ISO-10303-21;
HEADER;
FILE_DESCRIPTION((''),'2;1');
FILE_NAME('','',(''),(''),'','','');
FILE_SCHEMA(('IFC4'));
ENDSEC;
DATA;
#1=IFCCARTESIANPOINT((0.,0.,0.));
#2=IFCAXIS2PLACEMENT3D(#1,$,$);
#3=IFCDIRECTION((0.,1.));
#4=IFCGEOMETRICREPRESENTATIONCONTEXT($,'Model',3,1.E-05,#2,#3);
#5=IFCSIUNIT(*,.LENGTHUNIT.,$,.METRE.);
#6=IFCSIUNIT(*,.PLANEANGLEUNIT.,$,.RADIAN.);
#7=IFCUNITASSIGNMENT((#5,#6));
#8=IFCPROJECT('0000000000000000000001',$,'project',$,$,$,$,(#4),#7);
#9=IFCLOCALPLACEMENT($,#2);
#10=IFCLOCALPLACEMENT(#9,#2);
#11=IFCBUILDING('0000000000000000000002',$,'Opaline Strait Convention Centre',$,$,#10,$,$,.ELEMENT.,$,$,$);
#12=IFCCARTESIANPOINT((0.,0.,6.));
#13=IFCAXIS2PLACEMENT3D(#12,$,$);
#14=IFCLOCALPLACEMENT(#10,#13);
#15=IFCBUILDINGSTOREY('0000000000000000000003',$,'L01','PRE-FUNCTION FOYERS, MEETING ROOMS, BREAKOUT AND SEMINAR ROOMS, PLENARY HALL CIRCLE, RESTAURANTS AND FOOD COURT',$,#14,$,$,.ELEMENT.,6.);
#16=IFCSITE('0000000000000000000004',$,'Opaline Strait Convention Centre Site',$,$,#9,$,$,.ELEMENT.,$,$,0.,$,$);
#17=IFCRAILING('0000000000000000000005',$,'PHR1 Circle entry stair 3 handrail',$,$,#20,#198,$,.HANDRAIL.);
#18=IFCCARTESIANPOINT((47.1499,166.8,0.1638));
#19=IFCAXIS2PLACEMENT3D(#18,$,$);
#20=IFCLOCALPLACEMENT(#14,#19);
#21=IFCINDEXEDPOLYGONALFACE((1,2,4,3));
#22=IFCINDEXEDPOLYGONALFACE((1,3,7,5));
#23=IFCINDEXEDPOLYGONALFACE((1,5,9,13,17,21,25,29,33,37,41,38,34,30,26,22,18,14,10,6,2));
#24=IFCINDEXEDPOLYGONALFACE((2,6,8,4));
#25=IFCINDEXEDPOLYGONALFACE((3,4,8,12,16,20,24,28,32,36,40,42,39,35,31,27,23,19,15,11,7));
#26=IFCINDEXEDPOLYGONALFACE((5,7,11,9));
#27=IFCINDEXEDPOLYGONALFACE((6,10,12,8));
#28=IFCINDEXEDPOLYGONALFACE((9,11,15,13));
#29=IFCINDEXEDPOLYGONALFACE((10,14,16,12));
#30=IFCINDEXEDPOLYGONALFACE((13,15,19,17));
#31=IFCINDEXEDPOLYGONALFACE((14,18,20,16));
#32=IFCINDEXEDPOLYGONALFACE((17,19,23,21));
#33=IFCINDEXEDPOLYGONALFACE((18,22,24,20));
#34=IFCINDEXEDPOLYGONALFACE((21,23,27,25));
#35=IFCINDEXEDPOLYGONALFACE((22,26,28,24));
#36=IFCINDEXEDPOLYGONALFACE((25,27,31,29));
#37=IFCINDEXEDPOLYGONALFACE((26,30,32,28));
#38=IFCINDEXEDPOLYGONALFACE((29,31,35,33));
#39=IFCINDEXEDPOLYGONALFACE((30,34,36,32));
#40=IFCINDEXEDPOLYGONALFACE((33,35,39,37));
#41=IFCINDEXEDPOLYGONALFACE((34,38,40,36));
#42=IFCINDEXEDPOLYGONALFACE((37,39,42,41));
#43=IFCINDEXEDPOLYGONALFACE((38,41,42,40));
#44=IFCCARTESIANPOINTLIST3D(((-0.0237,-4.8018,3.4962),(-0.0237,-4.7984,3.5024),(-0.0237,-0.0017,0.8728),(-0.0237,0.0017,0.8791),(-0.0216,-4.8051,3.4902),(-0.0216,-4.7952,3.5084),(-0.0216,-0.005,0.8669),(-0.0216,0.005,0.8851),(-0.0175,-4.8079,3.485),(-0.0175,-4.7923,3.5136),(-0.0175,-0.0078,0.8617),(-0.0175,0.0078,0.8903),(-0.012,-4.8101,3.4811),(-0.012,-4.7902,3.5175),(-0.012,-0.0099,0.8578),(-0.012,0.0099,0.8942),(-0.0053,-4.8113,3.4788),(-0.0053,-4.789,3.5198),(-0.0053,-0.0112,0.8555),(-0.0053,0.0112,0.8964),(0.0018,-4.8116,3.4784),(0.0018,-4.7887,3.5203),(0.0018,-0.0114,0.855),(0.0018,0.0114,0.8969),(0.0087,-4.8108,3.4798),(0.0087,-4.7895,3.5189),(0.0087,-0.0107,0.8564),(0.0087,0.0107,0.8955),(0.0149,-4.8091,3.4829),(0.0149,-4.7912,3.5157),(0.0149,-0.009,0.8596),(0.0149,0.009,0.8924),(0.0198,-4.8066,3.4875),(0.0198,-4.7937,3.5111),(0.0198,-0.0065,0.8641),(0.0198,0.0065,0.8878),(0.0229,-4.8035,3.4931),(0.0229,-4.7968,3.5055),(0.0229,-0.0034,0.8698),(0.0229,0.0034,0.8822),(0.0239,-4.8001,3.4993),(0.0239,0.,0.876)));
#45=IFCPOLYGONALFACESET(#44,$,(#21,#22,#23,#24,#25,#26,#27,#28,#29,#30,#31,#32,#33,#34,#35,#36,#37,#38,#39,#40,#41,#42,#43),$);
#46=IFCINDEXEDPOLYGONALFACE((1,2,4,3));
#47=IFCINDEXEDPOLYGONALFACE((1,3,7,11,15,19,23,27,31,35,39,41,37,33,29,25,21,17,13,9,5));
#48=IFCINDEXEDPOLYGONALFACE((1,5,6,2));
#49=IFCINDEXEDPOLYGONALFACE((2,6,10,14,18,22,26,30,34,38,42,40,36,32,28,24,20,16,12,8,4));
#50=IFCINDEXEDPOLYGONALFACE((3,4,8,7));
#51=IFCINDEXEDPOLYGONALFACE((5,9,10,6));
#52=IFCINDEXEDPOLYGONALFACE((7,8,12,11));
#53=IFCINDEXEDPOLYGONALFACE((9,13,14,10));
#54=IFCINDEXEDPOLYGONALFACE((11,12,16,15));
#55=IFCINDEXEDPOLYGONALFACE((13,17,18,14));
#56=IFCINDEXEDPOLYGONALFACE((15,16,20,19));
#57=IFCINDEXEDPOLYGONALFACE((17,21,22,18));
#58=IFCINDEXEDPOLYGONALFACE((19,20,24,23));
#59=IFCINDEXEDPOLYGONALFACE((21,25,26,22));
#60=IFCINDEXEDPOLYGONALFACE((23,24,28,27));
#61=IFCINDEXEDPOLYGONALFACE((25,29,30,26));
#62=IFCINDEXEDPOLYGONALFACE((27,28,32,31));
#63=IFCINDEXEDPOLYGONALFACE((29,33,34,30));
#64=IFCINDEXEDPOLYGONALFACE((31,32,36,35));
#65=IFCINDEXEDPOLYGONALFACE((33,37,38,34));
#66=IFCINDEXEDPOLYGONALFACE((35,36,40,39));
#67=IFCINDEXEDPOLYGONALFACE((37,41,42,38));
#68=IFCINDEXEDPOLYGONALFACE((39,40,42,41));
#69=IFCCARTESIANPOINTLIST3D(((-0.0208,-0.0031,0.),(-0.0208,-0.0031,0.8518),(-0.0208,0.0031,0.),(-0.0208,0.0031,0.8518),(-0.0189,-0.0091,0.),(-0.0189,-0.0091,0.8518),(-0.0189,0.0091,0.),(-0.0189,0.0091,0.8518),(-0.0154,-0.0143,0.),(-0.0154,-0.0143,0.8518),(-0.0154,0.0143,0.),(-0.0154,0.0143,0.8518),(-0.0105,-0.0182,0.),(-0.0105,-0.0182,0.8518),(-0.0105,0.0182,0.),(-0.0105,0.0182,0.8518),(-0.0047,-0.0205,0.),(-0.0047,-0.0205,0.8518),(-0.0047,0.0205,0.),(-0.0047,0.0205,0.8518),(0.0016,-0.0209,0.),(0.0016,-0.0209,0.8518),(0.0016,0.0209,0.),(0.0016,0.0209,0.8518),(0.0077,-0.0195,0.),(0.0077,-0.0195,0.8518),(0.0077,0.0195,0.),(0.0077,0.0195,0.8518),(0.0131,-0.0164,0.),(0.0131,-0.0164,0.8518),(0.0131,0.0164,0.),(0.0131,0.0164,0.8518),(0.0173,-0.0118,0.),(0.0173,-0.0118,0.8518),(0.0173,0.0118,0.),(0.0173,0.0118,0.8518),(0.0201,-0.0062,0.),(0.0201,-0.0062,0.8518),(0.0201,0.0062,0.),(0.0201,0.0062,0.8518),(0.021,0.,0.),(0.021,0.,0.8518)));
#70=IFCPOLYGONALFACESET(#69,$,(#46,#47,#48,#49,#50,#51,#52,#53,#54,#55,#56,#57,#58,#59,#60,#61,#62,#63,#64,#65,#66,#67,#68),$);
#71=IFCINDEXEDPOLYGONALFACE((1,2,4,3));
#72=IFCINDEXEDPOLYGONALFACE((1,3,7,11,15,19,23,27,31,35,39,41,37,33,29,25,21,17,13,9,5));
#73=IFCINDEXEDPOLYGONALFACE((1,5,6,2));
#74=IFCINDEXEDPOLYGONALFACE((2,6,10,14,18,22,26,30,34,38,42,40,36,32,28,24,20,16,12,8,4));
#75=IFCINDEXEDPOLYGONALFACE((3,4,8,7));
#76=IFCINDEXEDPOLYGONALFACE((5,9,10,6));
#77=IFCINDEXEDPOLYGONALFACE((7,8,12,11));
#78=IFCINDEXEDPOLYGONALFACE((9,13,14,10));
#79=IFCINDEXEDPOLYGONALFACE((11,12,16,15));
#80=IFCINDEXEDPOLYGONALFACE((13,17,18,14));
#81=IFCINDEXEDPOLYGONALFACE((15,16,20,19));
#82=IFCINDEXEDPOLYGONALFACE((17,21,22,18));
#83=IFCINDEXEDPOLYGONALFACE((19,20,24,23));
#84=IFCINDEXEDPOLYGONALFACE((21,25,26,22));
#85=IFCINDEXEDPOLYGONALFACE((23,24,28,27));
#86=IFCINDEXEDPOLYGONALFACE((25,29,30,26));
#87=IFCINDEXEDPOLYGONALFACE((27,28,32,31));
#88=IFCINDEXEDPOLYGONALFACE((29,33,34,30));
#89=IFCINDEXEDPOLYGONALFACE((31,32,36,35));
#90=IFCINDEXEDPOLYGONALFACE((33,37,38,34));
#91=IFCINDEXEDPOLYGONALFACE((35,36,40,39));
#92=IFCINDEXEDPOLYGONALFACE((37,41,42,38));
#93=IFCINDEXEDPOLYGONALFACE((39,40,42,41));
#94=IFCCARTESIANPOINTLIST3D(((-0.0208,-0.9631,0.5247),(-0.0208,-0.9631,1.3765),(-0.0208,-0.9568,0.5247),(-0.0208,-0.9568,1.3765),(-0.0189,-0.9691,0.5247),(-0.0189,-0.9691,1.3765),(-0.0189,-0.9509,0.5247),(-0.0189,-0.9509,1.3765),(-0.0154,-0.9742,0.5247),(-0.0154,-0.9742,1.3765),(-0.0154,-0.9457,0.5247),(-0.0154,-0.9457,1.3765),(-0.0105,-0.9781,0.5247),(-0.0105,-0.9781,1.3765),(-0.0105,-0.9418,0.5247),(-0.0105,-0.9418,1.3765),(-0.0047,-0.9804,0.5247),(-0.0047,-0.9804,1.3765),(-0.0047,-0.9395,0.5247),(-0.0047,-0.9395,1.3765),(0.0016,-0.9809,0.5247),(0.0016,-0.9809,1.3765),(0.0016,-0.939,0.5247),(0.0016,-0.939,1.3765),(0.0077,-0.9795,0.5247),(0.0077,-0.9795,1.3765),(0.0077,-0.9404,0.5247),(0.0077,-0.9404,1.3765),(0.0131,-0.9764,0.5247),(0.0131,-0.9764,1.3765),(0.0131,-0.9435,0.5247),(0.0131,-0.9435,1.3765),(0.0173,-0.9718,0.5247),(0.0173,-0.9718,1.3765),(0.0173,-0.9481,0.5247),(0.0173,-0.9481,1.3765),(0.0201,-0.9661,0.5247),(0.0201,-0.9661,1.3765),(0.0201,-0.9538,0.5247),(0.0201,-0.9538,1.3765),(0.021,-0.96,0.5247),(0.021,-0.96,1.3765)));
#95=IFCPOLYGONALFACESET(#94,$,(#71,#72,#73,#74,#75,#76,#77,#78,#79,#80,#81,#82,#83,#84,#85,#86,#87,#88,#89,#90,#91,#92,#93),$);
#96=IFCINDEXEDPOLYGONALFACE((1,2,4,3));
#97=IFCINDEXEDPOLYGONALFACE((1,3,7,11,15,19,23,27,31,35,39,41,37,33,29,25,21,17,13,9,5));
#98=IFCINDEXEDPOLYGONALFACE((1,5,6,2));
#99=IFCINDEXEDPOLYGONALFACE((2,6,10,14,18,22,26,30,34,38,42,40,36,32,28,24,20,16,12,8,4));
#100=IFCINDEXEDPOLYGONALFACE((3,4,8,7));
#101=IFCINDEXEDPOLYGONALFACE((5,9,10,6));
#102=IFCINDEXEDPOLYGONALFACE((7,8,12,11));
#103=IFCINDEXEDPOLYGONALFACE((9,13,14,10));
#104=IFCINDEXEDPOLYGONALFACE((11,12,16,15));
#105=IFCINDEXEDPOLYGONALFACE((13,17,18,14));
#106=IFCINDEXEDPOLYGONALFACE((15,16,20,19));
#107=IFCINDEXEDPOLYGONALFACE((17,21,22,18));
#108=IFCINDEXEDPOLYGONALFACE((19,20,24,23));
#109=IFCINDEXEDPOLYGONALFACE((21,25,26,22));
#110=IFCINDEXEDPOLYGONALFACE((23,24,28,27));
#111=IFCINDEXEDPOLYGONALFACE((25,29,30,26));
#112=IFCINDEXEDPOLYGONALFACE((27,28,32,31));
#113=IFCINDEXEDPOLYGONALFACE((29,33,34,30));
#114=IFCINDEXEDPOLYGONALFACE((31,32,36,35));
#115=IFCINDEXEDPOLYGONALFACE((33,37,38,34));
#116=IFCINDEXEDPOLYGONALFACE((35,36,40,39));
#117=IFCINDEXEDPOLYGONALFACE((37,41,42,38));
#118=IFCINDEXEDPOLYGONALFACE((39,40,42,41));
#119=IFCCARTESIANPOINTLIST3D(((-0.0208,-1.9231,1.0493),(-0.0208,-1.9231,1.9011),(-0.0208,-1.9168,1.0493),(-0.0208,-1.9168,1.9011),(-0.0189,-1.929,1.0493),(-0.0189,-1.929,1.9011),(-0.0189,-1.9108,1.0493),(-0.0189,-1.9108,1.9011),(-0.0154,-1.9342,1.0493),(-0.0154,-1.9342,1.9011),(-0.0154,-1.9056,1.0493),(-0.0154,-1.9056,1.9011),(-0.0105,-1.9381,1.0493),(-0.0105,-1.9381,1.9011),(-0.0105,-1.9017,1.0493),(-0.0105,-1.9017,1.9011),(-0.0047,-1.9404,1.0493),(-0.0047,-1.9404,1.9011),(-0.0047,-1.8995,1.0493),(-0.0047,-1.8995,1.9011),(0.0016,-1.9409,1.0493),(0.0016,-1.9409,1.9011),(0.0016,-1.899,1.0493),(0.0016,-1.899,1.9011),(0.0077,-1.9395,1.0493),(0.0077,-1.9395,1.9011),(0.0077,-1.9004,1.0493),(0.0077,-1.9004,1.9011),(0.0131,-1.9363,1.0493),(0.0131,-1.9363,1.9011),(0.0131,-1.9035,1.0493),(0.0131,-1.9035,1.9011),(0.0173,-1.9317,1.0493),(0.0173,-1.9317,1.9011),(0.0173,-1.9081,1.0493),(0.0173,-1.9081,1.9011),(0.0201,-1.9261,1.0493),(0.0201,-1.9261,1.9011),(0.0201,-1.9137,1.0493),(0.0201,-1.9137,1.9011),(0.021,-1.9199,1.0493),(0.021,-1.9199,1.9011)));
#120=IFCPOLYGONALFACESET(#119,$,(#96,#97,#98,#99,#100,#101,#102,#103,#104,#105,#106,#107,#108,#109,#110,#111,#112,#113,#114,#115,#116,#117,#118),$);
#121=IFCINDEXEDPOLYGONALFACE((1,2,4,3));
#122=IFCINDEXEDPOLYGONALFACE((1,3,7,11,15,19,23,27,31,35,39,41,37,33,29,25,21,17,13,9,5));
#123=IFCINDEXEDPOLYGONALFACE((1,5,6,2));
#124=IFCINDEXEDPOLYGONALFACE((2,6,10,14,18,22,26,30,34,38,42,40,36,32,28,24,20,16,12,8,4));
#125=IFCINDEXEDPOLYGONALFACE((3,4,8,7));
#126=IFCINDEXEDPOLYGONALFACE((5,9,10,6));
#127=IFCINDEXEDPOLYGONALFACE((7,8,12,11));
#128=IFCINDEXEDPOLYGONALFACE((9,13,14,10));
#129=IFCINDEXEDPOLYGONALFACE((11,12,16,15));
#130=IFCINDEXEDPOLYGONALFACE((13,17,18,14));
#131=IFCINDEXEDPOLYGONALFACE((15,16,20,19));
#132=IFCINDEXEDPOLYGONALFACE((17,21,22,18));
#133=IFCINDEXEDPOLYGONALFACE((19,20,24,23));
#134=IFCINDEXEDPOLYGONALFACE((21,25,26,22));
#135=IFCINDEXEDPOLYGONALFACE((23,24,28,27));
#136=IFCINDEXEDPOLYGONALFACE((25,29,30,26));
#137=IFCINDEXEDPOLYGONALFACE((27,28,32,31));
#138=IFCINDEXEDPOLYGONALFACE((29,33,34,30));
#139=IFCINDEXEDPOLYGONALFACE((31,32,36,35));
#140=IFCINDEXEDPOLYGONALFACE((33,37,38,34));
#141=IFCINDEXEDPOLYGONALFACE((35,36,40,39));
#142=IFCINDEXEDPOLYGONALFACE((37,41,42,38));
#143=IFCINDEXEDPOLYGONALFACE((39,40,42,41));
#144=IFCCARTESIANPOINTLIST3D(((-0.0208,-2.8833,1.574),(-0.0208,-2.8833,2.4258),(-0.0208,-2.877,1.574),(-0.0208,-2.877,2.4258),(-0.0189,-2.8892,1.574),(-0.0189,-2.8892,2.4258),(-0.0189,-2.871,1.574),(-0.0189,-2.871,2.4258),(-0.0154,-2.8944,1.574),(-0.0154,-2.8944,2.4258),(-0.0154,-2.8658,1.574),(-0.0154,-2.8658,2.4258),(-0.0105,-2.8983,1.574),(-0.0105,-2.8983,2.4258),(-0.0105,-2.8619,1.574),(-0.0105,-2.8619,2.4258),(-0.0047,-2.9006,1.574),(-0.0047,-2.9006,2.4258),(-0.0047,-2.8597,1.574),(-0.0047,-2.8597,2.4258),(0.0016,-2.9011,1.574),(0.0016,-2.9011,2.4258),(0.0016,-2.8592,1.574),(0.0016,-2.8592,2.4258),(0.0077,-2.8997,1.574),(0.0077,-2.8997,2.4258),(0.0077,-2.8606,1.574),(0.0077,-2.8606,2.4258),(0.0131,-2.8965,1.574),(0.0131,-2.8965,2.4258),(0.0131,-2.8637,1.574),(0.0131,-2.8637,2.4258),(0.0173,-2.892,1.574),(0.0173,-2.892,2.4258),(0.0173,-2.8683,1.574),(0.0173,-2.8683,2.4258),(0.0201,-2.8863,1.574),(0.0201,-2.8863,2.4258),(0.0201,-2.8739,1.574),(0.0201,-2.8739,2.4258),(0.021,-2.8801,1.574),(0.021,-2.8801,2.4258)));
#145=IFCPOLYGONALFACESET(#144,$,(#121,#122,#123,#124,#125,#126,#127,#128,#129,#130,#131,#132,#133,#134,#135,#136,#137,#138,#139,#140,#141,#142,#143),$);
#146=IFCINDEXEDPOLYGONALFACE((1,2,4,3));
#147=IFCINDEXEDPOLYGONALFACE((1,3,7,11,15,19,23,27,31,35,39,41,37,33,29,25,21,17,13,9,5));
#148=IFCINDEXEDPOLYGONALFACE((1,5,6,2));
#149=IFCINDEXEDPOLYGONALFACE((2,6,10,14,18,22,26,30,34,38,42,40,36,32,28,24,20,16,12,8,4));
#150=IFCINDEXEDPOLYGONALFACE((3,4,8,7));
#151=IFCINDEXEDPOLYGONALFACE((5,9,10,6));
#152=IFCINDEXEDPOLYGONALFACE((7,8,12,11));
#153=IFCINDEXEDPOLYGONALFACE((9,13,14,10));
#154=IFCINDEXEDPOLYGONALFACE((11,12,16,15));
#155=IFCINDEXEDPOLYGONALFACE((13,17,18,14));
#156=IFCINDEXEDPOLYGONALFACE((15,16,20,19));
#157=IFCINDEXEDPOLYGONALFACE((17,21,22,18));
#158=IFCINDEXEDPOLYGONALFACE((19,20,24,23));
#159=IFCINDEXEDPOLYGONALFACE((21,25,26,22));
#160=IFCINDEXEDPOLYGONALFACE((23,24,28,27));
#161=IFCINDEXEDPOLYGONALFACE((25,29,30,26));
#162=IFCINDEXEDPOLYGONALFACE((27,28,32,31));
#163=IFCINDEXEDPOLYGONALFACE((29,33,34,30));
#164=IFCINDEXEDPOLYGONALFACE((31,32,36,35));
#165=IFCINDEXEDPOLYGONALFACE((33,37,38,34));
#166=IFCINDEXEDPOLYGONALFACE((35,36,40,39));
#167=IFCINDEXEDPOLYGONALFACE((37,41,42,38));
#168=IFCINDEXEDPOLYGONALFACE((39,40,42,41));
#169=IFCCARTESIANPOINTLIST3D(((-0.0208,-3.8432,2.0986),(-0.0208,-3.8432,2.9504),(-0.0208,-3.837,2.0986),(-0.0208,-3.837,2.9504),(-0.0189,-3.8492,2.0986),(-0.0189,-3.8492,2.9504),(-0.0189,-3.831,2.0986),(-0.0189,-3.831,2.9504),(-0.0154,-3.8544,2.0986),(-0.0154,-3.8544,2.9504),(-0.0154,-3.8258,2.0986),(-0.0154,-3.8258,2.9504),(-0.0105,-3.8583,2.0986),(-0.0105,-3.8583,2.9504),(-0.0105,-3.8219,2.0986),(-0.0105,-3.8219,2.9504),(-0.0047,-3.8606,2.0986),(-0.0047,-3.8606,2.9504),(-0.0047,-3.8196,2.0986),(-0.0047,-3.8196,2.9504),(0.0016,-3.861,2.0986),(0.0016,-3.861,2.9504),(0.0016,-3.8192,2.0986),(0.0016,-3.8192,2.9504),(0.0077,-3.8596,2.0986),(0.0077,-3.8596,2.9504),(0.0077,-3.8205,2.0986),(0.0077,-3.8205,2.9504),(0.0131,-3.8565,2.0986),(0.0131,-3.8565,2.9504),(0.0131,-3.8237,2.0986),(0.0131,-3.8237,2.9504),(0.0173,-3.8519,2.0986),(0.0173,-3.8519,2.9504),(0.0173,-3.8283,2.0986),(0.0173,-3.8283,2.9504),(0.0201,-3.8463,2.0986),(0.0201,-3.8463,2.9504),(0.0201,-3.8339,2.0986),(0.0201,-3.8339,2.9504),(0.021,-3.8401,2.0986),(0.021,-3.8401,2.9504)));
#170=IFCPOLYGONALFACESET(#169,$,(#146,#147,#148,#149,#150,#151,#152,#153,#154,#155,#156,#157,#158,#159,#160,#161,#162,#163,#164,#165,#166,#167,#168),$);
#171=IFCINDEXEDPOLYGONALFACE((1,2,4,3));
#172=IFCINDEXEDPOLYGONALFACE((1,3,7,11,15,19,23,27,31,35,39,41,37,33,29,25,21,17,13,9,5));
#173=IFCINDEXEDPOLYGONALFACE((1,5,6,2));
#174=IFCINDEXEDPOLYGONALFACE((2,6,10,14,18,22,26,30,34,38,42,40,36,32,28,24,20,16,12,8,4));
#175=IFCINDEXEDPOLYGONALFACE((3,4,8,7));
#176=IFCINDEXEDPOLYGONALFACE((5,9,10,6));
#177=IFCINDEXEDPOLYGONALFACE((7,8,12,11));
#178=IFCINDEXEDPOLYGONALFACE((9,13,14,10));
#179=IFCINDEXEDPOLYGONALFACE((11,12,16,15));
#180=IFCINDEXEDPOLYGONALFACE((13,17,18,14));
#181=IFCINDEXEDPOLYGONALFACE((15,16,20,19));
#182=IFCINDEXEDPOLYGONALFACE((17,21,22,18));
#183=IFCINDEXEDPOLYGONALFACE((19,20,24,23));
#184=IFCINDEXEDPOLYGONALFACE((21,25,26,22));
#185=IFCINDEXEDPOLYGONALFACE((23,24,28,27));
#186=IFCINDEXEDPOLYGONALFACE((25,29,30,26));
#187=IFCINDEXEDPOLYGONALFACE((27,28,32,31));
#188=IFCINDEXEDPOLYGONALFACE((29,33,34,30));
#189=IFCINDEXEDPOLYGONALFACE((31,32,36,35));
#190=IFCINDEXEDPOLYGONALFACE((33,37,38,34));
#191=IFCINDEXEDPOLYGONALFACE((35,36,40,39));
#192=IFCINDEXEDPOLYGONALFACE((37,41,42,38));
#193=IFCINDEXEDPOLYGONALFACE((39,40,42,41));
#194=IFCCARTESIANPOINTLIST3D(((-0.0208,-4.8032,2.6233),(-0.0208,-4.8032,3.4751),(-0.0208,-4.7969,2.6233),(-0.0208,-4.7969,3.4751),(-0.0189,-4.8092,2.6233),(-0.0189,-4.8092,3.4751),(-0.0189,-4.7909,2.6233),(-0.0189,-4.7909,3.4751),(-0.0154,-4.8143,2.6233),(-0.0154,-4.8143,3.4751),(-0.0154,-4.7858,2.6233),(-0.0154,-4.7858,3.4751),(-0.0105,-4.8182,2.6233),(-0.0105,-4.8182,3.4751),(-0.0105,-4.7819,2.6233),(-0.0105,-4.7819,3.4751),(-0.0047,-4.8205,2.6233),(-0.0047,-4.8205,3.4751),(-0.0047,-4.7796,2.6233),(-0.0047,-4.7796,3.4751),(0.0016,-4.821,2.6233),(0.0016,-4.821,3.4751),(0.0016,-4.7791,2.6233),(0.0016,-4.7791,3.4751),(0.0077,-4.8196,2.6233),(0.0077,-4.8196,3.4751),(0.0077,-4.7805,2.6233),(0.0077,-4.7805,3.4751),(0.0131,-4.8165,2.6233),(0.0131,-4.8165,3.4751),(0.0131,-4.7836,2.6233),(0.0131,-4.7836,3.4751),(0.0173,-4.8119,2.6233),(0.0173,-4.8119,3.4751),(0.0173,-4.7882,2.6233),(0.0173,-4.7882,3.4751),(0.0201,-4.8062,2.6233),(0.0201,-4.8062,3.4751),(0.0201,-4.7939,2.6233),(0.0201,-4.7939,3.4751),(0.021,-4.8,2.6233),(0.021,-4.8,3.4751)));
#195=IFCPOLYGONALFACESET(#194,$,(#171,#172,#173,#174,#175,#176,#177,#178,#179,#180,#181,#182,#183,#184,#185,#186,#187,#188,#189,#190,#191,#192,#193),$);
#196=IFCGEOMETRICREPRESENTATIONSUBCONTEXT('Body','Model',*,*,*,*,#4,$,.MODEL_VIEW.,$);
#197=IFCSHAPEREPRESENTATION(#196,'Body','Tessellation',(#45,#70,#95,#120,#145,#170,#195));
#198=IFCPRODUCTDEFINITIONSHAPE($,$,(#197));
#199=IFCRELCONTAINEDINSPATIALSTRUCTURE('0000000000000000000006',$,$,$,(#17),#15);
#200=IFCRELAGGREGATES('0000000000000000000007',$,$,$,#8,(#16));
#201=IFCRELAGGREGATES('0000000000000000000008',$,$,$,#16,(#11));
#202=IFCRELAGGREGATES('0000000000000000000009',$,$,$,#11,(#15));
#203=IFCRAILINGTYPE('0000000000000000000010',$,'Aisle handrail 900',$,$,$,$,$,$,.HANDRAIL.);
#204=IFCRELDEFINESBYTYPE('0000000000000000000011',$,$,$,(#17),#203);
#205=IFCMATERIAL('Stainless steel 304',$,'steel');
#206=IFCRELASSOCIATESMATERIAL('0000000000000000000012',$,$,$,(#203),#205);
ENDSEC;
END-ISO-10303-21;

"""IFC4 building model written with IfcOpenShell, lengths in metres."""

from ifc_helpers import new_model, si_unit, direction, frame, origin, origin_2d, place, context, subcontext, project, spatial, circle, extrude, material, type_object, element, save


model = new_model("IFC4")

# Units and contexts
model_context = context("Model", 3, precision=1e-05, world=origin(), true_north=direction((0.0, 1.0)))
body_context = subcontext(model_context, "Body", "Model", "MODEL_VIEW")
ifc_project = project(units=[si_unit("LENGTHUNIT", "METRE"), si_unit("PLANEANGLEUNIT", "RADIAN")], contexts=[model_context])

# Site, building, storey
site_placement = place(None, origin())
site = spatial("IfcSite", under=ifc_project, at=site_placement, Name="Opaline Strait Convention Centre Site", CompositionType="ELEMENT", RefElevation=0.0)
building_placement = place(site_placement, origin())
building = spatial("IfcBuilding", under=site, at=building_placement, Name="Opaline Strait Convention Centre", CompositionType="ELEMENT")
storey_placement = place(building_placement, frame((0.0, 0.0, 6.0)))
storey = spatial("IfcBuildingStorey", under=building, at=storey_placement, Name="L01", Description="PRE-FUNCTION FOYERS, MEETING ROOMS, BREAKOUT AND SEMINAR ROOMS, PLENARY HALL CIRCLE, RESTAURANTS AND FOOD COURT", CompositionType="ELEMENT", Elevation=6.0)

# Railing
ifc_material_1 = material(Name="Stainless steel 304", Category="steel")
railing_type_1 = type_object("IfcRailingType", Name="Aisle handrail 900", PredefinedType="HANDRAIL", material=ifc_material_1)
for number, where, name in (
    (1, (47.1499, 166.8, 0.1638), "PHR1 Circle entry stair 3 handrail"),
):
    element("IfcRailing", number, at=place(storey_placement, frame(where)), inside=storey, type_object=railing_type_1, Name=name, PredefinedType="HANDRAIL", context=body_context, shape_type="SweptSolid", body=[
        extrude(circle(Radius=0.0239, at=origin_2d()), frame((0.0, 0.0, 0.876), z_axis=(0.0, -0.877505, 0.479568), x_axis=(1.0, 0.0, 0.0)), (0.0, 0.0, 1.0), 5.4702),
        extrude(circle(Radius=0.021, at=origin_2d()), origin(), (0.0, 0.0, 1.0), 0.8518),
        extrude(circle(Radius=0.021, at=origin_2d()), frame((0.0, -0.96, 0.5247)), (0.0, 0.0, 1.0), 0.8518),
        extrude(circle(Radius=0.021, at=origin_2d()), frame((0.0, -1.9199, 1.0493)), (0.0, 0.0, 1.0), 0.8518),
        extrude(circle(Radius=0.021, at=origin_2d()), frame((0.0, -2.8801, 1.574)), (0.0, 0.0, 1.0), 0.8518),
        extrude(circle(Radius=0.021, at=origin_2d()), frame((0.0, -3.8401, 2.0986)), (0.0, 0.0, 1.0), 0.8518),
        extrude(circle(Radius=0.021, at=origin_2d()), frame((0.0, -4.8, 2.6233)), (0.0, 0.0, 1.0), 0.8518),
    ])

save(model, "model.ifc")
